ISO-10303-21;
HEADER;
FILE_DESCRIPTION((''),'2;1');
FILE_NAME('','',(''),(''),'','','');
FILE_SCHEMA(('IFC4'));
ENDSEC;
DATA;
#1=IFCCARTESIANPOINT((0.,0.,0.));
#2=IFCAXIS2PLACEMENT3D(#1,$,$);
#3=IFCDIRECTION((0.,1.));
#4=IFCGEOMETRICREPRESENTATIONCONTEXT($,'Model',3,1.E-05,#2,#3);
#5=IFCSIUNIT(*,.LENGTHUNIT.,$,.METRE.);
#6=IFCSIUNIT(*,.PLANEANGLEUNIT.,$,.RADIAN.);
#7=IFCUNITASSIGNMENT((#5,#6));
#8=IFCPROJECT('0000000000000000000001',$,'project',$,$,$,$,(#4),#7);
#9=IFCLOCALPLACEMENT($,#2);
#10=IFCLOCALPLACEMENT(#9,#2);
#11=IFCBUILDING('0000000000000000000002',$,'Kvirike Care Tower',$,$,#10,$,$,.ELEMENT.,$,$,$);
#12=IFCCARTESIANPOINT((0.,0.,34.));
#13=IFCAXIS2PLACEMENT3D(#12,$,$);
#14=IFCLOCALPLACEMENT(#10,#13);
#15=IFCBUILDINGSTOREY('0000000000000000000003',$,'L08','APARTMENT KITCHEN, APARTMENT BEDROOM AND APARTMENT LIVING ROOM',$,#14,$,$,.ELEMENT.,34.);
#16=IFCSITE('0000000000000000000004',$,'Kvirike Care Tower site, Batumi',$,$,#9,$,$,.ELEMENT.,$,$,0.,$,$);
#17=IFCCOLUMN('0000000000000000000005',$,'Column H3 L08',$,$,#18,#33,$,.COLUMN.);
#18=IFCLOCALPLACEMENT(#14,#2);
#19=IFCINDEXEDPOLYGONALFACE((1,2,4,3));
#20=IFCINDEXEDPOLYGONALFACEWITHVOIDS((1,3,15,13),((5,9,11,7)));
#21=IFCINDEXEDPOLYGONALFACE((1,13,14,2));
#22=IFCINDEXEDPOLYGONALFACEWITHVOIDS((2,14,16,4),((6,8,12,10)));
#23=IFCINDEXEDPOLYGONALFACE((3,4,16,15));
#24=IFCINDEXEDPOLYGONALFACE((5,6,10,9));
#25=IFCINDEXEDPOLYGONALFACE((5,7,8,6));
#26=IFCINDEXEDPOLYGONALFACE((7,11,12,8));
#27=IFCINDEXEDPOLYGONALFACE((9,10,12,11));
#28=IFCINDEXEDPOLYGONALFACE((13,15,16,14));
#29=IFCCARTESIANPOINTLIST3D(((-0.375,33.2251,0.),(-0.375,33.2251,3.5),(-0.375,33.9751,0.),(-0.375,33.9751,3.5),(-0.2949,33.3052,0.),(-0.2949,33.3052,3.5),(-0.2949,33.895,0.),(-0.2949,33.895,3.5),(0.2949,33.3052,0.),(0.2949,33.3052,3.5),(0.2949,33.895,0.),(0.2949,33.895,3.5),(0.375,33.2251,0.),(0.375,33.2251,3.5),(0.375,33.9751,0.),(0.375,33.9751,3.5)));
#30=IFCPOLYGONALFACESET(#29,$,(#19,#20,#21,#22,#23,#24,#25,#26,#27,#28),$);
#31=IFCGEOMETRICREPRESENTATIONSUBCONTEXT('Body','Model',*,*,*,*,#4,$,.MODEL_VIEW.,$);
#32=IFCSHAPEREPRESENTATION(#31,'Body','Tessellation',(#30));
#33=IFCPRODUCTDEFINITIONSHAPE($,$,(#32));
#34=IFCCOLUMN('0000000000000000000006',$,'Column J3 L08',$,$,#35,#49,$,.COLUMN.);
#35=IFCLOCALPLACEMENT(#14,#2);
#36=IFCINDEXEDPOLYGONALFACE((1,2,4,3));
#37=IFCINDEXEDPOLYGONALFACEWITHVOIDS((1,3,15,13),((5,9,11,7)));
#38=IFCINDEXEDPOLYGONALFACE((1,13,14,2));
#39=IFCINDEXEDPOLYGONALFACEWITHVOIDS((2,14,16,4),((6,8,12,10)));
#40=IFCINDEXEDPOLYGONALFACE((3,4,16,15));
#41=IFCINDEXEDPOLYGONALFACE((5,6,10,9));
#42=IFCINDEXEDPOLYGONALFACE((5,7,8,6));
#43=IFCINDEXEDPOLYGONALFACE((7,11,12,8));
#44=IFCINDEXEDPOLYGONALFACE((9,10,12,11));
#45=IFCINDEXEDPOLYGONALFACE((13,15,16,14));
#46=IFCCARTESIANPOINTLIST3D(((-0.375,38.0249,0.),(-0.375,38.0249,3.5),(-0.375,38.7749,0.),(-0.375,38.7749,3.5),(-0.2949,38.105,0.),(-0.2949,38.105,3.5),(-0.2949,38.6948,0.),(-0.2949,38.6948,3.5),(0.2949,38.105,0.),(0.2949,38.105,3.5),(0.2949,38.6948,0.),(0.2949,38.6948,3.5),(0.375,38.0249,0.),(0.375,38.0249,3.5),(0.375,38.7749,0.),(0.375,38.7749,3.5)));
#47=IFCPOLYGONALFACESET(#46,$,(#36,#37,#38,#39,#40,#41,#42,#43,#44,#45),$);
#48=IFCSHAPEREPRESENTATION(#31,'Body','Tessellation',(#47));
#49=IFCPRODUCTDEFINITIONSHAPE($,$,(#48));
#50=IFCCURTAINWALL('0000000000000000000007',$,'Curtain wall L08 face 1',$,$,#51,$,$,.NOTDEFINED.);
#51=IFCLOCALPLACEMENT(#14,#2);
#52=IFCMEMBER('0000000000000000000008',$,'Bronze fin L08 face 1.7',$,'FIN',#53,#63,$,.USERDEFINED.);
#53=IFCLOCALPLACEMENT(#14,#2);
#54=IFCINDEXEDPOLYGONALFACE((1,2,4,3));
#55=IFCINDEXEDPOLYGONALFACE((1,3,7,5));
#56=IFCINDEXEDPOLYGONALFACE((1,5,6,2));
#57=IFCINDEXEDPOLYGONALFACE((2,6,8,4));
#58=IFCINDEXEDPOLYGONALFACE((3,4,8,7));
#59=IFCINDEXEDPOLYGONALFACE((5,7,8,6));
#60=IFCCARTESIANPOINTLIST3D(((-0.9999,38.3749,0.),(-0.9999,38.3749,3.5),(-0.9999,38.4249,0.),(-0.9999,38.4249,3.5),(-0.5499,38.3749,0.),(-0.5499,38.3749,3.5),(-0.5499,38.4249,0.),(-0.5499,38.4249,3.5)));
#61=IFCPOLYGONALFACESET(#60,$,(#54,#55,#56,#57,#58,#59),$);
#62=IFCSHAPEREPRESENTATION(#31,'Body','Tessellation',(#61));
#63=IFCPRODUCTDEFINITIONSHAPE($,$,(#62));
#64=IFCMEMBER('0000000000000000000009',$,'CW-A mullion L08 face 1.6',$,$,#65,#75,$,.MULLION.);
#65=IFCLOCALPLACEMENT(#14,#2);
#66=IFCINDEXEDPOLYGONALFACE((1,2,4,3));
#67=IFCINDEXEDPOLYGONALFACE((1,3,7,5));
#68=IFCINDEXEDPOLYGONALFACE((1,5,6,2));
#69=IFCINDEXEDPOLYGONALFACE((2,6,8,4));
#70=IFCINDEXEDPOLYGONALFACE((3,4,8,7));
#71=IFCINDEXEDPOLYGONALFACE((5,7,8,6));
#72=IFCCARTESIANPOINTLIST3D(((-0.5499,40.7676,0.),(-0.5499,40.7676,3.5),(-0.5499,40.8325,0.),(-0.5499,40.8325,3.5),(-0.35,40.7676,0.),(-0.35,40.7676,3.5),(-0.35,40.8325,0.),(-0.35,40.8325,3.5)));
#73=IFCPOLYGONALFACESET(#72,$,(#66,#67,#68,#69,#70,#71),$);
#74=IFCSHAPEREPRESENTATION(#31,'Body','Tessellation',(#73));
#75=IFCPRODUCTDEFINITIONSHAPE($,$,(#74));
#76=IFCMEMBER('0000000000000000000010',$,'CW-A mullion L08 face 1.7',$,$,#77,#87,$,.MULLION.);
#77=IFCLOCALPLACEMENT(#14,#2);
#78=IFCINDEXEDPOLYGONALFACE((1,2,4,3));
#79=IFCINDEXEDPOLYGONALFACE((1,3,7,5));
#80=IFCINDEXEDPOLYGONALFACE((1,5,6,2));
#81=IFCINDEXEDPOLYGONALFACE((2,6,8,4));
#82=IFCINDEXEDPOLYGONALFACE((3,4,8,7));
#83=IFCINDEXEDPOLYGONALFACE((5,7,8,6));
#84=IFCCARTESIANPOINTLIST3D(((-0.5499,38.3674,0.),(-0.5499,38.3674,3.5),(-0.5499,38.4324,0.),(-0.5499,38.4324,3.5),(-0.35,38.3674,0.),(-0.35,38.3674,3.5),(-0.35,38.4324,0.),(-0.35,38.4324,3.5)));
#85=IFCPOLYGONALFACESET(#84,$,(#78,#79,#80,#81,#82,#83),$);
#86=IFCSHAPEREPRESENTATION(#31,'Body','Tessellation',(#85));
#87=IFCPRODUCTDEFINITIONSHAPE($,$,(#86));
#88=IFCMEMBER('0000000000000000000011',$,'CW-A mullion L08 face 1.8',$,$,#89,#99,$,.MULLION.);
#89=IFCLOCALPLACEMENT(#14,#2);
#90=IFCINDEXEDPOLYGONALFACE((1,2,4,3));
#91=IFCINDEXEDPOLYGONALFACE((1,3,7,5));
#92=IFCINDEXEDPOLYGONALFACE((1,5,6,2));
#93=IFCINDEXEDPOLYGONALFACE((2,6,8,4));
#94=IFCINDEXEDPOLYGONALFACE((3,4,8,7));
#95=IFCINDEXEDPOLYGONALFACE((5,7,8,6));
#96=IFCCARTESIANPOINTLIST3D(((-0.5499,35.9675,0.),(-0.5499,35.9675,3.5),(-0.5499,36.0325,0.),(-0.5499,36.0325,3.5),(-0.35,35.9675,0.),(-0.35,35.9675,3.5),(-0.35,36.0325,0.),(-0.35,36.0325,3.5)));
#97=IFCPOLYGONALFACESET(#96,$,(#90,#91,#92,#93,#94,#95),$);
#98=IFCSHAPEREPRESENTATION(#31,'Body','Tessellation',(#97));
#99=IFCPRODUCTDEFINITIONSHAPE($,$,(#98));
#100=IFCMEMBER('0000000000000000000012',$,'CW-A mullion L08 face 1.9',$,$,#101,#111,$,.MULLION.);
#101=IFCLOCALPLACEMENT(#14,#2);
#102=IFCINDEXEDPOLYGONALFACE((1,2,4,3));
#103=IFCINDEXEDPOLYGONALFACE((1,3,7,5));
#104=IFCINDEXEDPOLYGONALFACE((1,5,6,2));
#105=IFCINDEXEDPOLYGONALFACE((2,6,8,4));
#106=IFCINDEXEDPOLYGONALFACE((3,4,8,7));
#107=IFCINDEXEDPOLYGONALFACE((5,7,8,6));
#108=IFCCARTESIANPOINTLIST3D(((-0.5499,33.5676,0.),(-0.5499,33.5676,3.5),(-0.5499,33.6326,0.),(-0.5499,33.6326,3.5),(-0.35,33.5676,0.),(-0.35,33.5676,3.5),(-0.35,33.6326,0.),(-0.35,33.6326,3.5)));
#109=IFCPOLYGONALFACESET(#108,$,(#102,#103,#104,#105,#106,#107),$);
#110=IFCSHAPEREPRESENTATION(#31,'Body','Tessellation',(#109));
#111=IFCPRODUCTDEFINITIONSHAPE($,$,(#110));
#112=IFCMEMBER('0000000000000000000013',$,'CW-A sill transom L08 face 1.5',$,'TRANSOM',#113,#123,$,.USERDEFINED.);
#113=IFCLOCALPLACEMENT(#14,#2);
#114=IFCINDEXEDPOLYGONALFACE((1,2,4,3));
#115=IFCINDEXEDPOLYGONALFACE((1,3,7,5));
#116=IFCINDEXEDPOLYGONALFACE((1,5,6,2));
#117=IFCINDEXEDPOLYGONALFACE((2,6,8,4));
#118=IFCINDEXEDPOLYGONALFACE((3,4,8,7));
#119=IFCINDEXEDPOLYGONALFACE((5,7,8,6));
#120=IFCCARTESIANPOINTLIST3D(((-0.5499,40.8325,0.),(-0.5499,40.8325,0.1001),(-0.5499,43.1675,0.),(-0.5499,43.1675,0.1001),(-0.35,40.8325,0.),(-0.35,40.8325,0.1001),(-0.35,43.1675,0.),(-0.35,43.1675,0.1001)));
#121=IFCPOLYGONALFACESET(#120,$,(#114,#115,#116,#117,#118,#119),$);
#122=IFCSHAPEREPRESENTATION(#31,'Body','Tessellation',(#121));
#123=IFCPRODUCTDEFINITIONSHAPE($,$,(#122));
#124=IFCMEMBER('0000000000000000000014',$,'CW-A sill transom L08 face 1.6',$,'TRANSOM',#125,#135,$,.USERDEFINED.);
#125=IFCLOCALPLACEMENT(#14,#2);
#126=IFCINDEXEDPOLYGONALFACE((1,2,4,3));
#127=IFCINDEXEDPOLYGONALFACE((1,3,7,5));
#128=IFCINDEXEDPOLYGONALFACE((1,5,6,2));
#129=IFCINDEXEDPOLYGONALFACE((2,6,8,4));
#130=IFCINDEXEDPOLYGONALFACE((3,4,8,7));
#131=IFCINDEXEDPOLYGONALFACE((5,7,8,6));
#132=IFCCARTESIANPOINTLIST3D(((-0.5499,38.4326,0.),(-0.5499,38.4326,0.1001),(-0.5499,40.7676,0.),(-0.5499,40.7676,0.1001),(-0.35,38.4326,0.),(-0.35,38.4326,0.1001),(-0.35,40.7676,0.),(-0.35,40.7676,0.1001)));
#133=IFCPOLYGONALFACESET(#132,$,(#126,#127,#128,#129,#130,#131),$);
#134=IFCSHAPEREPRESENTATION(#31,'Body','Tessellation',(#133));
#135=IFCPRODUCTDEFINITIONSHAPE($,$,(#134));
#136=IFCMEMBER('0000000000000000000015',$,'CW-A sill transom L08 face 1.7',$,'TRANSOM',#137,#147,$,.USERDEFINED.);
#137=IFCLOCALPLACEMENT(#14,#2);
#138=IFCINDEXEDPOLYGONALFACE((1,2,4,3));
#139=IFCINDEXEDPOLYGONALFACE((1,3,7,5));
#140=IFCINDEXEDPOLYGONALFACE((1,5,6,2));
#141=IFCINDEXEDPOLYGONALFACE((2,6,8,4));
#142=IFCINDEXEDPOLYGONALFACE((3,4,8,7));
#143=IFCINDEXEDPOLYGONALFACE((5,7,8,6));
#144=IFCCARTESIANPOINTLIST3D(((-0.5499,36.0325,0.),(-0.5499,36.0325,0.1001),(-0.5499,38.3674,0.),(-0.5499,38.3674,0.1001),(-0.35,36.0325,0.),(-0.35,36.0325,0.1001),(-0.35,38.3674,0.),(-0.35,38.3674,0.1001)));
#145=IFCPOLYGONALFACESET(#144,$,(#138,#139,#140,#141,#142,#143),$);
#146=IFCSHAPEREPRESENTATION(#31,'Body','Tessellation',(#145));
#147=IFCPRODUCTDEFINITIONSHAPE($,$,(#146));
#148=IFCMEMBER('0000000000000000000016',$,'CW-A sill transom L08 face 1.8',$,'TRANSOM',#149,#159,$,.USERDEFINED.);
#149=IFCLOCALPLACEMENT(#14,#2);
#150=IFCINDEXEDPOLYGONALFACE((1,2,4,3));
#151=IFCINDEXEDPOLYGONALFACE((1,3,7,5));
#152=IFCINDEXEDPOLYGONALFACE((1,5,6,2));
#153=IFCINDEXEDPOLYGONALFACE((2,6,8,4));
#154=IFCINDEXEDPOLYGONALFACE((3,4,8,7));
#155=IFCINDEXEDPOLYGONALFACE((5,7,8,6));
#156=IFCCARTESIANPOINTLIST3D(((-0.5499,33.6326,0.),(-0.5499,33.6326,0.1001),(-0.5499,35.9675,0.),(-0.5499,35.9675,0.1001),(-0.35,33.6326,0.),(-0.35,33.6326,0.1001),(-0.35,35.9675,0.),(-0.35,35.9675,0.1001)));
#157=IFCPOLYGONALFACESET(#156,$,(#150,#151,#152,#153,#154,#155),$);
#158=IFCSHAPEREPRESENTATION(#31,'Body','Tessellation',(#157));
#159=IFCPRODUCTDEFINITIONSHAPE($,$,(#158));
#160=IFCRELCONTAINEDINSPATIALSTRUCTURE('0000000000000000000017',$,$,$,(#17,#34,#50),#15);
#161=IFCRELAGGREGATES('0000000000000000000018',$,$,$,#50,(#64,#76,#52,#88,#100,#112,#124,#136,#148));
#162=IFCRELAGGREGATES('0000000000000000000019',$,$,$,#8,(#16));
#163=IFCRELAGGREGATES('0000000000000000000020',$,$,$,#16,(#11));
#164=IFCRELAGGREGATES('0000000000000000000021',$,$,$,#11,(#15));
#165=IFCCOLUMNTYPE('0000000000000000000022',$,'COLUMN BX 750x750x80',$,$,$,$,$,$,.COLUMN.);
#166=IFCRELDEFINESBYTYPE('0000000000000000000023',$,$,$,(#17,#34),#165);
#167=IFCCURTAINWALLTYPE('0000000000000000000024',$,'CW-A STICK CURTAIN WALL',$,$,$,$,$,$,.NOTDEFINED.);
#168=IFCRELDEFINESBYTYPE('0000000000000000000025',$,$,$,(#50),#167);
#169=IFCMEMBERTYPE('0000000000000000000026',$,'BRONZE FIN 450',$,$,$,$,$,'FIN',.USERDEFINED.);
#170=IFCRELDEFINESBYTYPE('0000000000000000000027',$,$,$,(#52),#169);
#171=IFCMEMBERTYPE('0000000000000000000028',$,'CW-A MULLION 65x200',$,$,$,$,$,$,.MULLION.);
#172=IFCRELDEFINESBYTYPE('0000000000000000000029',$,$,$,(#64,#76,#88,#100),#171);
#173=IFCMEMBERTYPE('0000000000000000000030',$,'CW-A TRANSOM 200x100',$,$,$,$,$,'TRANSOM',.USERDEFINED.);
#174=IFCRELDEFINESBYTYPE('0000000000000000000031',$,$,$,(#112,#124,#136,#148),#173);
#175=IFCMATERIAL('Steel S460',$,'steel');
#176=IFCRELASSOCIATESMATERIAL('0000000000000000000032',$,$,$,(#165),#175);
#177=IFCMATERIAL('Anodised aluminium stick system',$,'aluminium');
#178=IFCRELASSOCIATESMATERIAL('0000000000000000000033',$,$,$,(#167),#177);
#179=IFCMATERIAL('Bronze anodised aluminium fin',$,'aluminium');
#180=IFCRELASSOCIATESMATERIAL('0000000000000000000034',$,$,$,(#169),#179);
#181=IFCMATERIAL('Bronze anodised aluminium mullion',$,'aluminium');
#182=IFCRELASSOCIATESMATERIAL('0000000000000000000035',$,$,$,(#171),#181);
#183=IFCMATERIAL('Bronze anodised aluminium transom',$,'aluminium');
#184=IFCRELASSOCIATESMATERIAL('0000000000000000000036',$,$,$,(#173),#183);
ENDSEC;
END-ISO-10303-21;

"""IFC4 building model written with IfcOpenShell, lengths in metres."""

from ifc_helpers import new_model, si_unit, direction, frame, origin, origin_2d, place, context, subcontext, project, spatial, rectangle, hollow_rectangle, extrude, material, material_profile, profile_set, type_object, element, aggregate, save


model = new_model("IFC4")

# Units and contexts
model_context = context("Model", 3, precision=1e-05, world=origin(), true_north=direction((0.0, 1.0)))
body_context = subcontext(model_context, "Body", "Model", "MODEL_VIEW")
ifc_project = project(units=[si_unit("LENGTHUNIT", "METRE"), si_unit("PLANEANGLEUNIT", "RADIAN")], contexts=[model_context])

# Site, building, storey
site_placement = place(None, origin())
site = spatial("IfcSite", under=ifc_project, at=site_placement, Name="Kvirike Care Tower site, Batumi", CompositionType="ELEMENT", RefElevation=0.0)
building_placement = place(site_placement, origin())
building = spatial("IfcBuilding", under=site, at=building_placement, Name="Kvirike Care Tower", CompositionType="ELEMENT")
storey_placement = place(building_placement, frame((0.0, 0.0, 34.0)))
storey = spatial("IfcBuildingStorey", under=building, at=storey_placement, Name="L08", Description="APARTMENT KITCHEN, APARTMENT BEDROOM AND APARTMENT LIVING ROOM", CompositionType="ELEMENT", Elevation=34.0)

# Columns
ifc_material_1 = material(Name="Steel S460", Category="steel")
ifc_material_profile_1 = material_profile(ifc_material_1, hollow_rectangle(XDim=0.75, YDim=0.75, WallThickness=0.0801, at=origin_2d()), Name="BX 750x750x80")
ifc_profile_set_1 = profile_set([ifc_material_profile_1], Name="Steel S460")
column_type = type_object("IfcColumnType", Name="COLUMN BX 750x750x80", PredefinedType="COLUMN", material=ifc_profile_set_1)
for number, where, z_axis, x_axis, name in (
    (1, (0.0, 33.6001, 0.0), (0.0, 0.0, 1.0), (1.0, 0.0, 0.0), "Column H3 L08"),
    (2, (0.0, 38.3999, 0.0), (0.0, 0.0, 1.0), (1.0, 0.0, 0.0), "Column J3 L08"),
):
    element("IfcColumn", number, at=place(storey_placement, frame(where, z_axis=z_axis, x_axis=x_axis)), inside=storey, type_object=column_type, Name=name, PredefinedType="COLUMN", context=body_context, shape_type="SweptSolid", body=[
        extrude(hollow_rectangle(XDim=0.75, YDim=0.75, WallThickness=0.0801, at=origin_2d()), origin(), (0.0, 0.0, 1.0), 3.5),
    ])

# Curtain wall, members
ifc_material_2 = material(Name="Anodised aluminium stick system", Category="aluminium")
curtain_wall_type = type_object("IfcCurtainWallType", Name="CW-A STICK CURTAIN WALL", PredefinedType="NOTDEFINED", material=ifc_material_2)
curtain_wall_placement = place(storey_placement, origin())
curtain_wall = element("IfcCurtainWall", 3, at=curtain_wall_placement, inside=storey, type_object=curtain_wall_type, Name="Curtain wall L08 face 1", PredefinedType="NOTDEFINED")
ifc_material_3 = material(Name="Bronze anodised aluminium fin", Category="aluminium")
ifc_material_profile_2 = material_profile(ifc_material_3, rectangle(XDim=0.05, YDim=0.45, at=origin_2d()), Name="BRONZE FIN 450")
ifc_profile_set_2 = profile_set([ifc_material_profile_2], Name="Bronze anodised aluminium fin")
member_type_1 = type_object("IfcMemberType", Name="BRONZE FIN 450", ElementType="FIN", PredefinedType="USERDEFINED", material=ifc_profile_set_2)
member_1_placement = place(storey_placement, frame((-0.7749, 38.3999, 0.0), z_axis=(0.0, 0.0, 1.0), x_axis=(0.0, -1.0, 0.0)))
member_1 = element("IfcMember", 4, at=member_1_placement, type_object=member_type_1, Name="Bronze fin L08 face 1.7", ObjectType="FIN", PredefinedType="USERDEFINED", context=body_context, shape_type="SweptSolid", body=[
    extrude(rectangle(XDim=0.05, YDim=0.45, at=origin_2d()), origin(), (0.0, 0.0, 1.0), 3.5),
])
ifc_material_4 = material(Name="Bronze anodised aluminium mullion", Category="aluminium")
ifc_material_profile_3 = material_profile(ifc_material_4, rectangle(XDim=0.0649, YDim=0.2, at=origin_2d()), Name="CW-A MULLION 65x200")
ifc_profile_set_3 = profile_set([ifc_material_profile_3], Name="Bronze anodised aluminium mullion")
member_type_2 = type_object("IfcMemberType", Name="CW-A MULLION 65x200", PredefinedType="MULLION", material=ifc_profile_set_3)
member_2_placement = place(storey_placement, frame((-0.45, 40.8, 0.0), z_axis=(0.0, 0.0, 1.0), x_axis=(0.0, -1.0, 0.0)))
member_2 = element("IfcMember", 5, at=member_2_placement, type_object=member_type_2, Name="CW-A mullion L08 face 1.6", PredefinedType="MULLION", context=body_context, shape_type="SweptSolid", body=[
    extrude(rectangle(XDim=0.0649, YDim=0.2, at=origin_2d()), origin(), (0.0, 0.0, 1.0), 3.5),
])
member_3_placement = place(storey_placement, frame((-0.45, 38.3999, 0.0), z_axis=(0.0, 0.0, 1.0), x_axis=(0.0, -1.0, 0.0)))
member_3 = element("IfcMember", 6, at=member_3_placement, type_object=member_type_2, Name="CW-A mullion L08 face 1.7", PredefinedType="MULLION", context=body_context, shape_type="SweptSolid", body=[
    extrude(rectangle(XDim=0.0649, YDim=0.2, at=origin_2d()), origin(), (0.0, 0.0, 1.0), 3.5),
])
member_4_placement = place(storey_placement, frame((-0.45, 36.0, 0.0), z_axis=(0.0, 0.0, 1.0), x_axis=(0.0, -1.0, 0.0)))
member_4 = element("IfcMember", 7, at=member_4_placement, type_object=member_type_2, Name="CW-A mullion L08 face 1.8", PredefinedType="MULLION", context=body_context, shape_type="SweptSolid", body=[
    extrude(rectangle(XDim=0.0649, YDim=0.2, at=origin_2d()), origin(), (0.0, 0.0, 1.0), 3.5),
])
member_5_placement = place(storey_placement, frame((-0.45, 33.6001, 0.0), z_axis=(0.0, 0.0, 1.0), x_axis=(0.0, -1.0, 0.0)))
member_5 = element("IfcMember", 8, at=member_5_placement, type_object=member_type_2, Name="CW-A mullion L08 face 1.9", PredefinedType="MULLION", context=body_context, shape_type="SweptSolid", body=[
    extrude(rectangle(XDim=0.0649, YDim=0.2, at=origin_2d()), origin(), (0.0, 0.0, 1.0), 3.5),
])
ifc_material_5 = material(Name="Bronze anodised aluminium transom", Category="aluminium")
ifc_material_profile_4 = material_profile(ifc_material_5, rectangle(XDim=0.2, YDim=0.1001, at=origin_2d()), Name="CW-A TRANSOM 200x100")
ifc_profile_set_4 = profile_set([ifc_material_profile_4], Name="Bronze anodised aluminium transom")
member_type_3 = type_object("IfcMemberType", Name="CW-A TRANSOM 200x100", ElementType="TRANSOM", PredefinedType="USERDEFINED", material=ifc_profile_set_4)
member_6_placement = place(storey_placement, frame((-0.45, 43.1675, 0.05), z_axis=(0.0, -1.0, 0.0), x_axis=(1.0, 0.0, 0.0)))
member_6 = element("IfcMember", 9, at=member_6_placement, type_object=member_type_3, Name="CW-A sill transom L08 face 1.5", ObjectType="TRANSOM", PredefinedType="USERDEFINED", context=body_context, shape_type="SweptSolid", body=[
    extrude(rectangle(XDim=0.2, YDim=0.1001, at=origin_2d()), origin(), (0.0, 0.0, 1.0), 2.335),
])
member_7_placement = place(storey_placement, frame((-0.45, 40.7676, 0.05), z_axis=(0.0, -1.0, 0.0), x_axis=(1.0, 0.0, 0.0)))
member_7 = element("IfcMember", 10, at=member_7_placement, type_object=member_type_3, Name="CW-A sill transom L08 face 1.6", ObjectType="TRANSOM", PredefinedType="USERDEFINED", context=body_context, shape_type="SweptSolid", body=[
    extrude(rectangle(XDim=0.2, YDim=0.1001, at=origin_2d()), origin(), (0.0, 0.0, 1.0), 2.335),
])
member_8_placement = place(storey_placement, frame((-0.45, 38.3674, 0.05), z_axis=(0.0, -1.0, 0.0), x_axis=(1.0, 0.0, 0.0)))
member_8 = element("IfcMember", 11, at=member_8_placement, type_object=member_type_3, Name="CW-A sill transom L08 face 1.7", ObjectType="TRANSOM", PredefinedType="USERDEFINED", context=body_context, shape_type="SweptSolid", body=[
    extrude(rectangle(XDim=0.2, YDim=0.1001, at=origin_2d()), origin(), (0.0, 0.0, 1.0), 2.335),
])
member_9_placement = place(storey_placement, frame((-0.45, 35.9675, 0.05), z_axis=(0.0, -1.0, 0.0), x_axis=(1.0, 0.0, 0.0)))
member_9 = element("IfcMember", 12, at=member_9_placement, type_object=member_type_3, Name="CW-A sill transom L08 face 1.8", ObjectType="TRANSOM", PredefinedType="USERDEFINED", context=body_context, shape_type="SweptSolid", body=[
    extrude(rectangle(XDim=0.2, YDim=0.1001, at=origin_2d()), origin(), (0.0, 0.0, 1.0), 2.335),
])

aggregate(curtain_wall, [member_2, member_3, member_1, member_4, member_5, member_6, member_7, member_8, member_9])

save(model, "model.ifc")
